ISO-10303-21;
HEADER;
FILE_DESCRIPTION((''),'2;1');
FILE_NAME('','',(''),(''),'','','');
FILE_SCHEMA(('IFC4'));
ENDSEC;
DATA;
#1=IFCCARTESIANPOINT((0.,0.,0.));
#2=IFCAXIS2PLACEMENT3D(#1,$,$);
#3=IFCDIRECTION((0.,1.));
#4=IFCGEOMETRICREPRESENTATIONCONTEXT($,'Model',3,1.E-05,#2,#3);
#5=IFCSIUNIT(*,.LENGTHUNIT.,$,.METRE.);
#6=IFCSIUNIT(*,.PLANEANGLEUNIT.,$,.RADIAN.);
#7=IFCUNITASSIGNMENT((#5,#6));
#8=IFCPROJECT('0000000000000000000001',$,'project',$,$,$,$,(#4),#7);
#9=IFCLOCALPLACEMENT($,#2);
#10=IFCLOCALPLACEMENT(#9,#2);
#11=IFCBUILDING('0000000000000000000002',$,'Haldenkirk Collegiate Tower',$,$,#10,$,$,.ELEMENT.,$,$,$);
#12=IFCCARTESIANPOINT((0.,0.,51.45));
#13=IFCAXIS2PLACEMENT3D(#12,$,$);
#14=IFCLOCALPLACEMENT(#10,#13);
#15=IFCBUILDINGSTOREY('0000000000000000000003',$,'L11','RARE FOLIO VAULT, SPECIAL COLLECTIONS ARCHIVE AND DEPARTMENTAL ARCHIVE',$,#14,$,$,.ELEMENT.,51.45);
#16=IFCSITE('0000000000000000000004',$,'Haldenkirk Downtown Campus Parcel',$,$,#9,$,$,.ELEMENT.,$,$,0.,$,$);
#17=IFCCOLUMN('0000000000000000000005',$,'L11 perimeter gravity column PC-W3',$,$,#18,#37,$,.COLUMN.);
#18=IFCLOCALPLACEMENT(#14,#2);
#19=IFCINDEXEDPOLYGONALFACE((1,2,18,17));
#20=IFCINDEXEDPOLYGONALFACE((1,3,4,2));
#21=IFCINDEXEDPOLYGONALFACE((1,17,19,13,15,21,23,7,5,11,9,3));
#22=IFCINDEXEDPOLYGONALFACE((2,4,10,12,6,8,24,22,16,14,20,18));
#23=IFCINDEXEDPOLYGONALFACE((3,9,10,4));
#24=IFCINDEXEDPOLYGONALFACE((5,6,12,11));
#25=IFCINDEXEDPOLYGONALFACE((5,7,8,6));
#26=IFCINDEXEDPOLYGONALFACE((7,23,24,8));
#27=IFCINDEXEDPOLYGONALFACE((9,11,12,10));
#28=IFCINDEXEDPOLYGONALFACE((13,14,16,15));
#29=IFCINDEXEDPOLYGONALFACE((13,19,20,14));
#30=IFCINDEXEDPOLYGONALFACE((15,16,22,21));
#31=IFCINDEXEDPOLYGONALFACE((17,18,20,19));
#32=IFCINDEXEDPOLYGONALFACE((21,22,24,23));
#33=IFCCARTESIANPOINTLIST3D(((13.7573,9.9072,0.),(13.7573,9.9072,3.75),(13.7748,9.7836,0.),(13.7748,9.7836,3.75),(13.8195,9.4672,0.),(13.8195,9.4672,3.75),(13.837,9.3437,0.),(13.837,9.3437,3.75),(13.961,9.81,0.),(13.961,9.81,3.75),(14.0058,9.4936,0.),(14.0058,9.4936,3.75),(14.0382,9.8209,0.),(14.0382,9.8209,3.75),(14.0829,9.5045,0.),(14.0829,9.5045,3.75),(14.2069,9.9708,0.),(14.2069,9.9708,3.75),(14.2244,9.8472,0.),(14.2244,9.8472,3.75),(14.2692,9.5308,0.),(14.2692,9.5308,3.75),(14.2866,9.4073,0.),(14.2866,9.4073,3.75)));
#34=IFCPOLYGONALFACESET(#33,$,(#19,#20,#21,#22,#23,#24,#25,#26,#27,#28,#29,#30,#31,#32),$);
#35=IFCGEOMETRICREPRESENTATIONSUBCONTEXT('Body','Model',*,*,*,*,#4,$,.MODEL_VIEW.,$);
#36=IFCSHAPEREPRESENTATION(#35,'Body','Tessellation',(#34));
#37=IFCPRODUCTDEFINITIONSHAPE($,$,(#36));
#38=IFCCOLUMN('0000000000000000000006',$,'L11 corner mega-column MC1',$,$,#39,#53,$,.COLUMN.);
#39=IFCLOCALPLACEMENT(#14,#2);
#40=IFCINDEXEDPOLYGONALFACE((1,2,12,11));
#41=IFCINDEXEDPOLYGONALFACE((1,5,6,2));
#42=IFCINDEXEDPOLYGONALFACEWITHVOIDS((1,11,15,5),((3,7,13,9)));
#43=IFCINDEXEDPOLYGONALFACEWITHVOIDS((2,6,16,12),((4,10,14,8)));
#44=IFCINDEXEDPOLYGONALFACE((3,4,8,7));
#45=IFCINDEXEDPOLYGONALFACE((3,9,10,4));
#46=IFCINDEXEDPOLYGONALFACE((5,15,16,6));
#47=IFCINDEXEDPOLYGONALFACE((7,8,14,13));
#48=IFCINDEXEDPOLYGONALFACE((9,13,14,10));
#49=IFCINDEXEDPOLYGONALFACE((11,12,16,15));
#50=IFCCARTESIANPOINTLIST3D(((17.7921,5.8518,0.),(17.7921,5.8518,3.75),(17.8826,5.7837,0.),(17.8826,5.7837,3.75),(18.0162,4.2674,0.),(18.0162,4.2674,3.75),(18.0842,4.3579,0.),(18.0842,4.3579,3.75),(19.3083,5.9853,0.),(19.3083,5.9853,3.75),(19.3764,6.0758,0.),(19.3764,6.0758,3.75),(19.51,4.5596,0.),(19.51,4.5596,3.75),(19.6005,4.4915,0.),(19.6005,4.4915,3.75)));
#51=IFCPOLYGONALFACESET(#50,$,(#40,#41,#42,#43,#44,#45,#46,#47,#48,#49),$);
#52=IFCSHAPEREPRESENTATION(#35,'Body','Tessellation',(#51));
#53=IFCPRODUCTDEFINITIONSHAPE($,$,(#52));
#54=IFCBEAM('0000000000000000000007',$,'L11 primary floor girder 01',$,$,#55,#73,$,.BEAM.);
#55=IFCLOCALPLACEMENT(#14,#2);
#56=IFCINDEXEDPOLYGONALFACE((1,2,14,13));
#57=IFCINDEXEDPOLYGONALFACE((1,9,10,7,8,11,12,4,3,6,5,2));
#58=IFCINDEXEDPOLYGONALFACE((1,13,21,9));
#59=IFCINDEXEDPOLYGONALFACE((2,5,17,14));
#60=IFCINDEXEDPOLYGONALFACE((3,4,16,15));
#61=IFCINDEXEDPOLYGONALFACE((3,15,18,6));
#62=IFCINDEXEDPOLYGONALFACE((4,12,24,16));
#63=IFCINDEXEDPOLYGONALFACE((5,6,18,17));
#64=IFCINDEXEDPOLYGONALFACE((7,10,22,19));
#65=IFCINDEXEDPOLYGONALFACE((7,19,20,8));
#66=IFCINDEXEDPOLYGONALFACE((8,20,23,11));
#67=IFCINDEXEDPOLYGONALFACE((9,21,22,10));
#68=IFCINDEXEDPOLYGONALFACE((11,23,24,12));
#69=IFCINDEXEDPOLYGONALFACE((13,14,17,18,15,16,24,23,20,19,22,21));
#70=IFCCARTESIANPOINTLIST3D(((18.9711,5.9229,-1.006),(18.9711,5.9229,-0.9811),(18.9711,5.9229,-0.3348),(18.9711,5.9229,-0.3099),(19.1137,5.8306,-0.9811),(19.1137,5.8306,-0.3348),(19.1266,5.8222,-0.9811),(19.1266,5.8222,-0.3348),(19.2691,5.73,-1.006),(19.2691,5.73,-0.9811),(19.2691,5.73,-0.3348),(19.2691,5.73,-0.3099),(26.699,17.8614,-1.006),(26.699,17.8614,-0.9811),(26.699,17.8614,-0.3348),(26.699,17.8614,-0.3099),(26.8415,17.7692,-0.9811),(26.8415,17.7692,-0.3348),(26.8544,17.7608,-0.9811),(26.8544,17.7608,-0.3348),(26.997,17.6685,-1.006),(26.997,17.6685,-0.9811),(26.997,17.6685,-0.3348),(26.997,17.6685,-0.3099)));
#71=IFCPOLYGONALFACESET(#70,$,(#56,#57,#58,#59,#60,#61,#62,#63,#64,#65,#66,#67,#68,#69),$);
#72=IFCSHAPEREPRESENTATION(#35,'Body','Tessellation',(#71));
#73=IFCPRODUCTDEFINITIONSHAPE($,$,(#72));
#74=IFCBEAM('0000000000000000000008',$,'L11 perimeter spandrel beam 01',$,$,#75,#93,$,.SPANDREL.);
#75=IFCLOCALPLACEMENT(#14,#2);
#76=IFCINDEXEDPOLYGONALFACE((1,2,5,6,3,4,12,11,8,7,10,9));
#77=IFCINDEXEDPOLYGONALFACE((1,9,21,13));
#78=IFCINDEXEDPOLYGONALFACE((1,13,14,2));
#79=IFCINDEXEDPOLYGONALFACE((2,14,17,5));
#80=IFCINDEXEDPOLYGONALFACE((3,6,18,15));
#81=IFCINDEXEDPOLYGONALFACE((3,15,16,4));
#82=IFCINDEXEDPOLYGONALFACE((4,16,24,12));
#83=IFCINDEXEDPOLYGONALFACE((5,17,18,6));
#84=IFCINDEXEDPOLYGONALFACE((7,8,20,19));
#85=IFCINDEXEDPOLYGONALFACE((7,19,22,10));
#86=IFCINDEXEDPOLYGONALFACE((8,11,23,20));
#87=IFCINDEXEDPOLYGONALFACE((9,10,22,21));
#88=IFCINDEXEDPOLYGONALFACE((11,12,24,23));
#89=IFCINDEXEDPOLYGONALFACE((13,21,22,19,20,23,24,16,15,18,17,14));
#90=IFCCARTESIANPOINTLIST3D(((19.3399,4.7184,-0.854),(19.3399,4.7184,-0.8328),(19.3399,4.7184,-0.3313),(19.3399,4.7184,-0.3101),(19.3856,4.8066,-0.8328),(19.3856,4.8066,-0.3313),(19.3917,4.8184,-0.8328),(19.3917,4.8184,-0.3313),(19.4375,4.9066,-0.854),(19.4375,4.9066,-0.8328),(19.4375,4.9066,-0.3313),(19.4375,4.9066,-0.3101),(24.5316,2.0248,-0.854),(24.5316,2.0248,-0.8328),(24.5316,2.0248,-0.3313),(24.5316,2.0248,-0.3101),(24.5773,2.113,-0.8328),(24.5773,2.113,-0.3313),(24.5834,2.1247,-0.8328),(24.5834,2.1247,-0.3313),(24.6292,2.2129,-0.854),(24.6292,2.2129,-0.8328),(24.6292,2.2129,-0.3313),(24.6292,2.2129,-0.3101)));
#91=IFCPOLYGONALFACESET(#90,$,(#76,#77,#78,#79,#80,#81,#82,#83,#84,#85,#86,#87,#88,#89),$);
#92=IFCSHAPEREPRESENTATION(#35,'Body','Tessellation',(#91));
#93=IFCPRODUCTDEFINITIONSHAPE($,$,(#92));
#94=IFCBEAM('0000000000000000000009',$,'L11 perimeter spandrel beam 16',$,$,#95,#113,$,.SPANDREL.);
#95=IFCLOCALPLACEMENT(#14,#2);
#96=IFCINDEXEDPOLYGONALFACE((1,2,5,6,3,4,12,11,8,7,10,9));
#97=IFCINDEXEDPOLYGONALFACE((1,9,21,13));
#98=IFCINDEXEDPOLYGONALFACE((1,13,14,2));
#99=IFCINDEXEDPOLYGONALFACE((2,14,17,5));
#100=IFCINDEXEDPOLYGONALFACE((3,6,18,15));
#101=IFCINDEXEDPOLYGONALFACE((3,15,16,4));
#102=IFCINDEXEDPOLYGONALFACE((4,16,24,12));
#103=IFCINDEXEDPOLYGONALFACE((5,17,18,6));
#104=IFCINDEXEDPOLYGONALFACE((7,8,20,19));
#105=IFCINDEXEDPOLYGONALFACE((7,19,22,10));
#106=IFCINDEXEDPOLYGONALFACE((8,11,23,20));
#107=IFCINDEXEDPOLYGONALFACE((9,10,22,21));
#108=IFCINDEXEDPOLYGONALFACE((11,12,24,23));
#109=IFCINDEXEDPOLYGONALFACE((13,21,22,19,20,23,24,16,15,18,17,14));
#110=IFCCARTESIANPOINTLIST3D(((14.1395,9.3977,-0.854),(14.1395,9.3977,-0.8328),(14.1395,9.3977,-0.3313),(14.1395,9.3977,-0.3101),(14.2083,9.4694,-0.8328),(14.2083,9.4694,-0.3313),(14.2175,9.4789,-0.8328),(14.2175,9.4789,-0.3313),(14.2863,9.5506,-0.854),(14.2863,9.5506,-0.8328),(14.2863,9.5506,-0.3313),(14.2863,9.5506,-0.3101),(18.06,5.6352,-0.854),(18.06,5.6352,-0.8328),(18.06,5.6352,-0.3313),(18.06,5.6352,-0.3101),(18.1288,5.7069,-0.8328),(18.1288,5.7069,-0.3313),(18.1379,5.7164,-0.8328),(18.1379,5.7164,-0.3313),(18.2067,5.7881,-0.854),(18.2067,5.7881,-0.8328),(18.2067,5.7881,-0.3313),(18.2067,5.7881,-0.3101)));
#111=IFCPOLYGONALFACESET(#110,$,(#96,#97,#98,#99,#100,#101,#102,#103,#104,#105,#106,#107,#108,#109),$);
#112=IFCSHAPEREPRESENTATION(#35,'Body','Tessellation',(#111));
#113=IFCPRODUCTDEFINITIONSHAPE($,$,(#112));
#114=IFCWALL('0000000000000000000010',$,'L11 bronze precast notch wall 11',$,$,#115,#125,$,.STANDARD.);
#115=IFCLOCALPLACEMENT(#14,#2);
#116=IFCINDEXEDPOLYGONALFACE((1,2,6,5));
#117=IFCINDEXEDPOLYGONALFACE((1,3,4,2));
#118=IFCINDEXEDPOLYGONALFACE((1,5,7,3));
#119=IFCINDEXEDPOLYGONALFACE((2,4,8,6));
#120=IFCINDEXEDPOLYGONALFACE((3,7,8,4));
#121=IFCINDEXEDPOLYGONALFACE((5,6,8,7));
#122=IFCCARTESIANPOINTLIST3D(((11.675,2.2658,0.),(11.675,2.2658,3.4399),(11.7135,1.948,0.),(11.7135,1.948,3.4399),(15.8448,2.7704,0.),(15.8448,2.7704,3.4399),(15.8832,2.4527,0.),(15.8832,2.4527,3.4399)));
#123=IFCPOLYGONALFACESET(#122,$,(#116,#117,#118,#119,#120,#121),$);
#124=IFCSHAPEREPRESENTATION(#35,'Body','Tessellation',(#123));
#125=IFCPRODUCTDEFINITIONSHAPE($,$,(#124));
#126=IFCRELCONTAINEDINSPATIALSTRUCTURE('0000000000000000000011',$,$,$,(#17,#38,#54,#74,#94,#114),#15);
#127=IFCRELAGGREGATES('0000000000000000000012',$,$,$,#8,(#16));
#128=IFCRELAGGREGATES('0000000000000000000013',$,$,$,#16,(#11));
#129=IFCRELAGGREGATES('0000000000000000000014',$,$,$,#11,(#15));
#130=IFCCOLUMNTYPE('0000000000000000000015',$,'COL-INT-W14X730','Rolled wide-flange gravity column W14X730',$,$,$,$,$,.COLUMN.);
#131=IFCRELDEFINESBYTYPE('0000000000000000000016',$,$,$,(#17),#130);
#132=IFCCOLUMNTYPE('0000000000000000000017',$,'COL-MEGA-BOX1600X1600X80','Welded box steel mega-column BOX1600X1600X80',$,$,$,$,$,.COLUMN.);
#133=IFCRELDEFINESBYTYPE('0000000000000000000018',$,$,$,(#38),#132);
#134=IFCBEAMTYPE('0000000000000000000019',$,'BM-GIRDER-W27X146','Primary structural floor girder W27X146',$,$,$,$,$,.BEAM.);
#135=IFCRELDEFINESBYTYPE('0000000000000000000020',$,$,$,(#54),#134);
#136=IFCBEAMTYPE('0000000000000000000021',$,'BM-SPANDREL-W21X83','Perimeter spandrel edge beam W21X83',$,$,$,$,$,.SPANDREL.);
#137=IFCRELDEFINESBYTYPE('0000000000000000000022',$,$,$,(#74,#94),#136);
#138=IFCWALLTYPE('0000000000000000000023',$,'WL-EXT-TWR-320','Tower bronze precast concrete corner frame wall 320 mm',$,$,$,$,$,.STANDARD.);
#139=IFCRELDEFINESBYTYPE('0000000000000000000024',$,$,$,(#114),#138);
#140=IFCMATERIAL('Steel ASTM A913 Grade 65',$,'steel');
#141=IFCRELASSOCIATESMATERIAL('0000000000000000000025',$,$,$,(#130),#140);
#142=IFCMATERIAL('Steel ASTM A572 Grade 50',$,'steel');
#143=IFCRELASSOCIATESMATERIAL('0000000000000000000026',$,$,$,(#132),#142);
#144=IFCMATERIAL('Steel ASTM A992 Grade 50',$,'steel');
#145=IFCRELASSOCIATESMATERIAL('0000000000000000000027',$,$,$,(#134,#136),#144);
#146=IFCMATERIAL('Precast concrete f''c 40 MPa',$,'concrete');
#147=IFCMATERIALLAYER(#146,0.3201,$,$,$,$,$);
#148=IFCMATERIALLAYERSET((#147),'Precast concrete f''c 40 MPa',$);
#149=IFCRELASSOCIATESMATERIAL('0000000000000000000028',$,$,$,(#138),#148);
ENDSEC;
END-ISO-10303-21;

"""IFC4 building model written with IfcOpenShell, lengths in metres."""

from ifc_helpers import new_model, si_unit, direction, frame, frame_2d, origin, origin_2d, place, context, subcontext, project, spatial, rectangle, hollow_rectangle, i_section, extrude, material, layer, layer_set, material_profile, profile_set, type_object, element, save


model = new_model("IFC4")

# Units and contexts
model_context = context("Model", 3, precision=1e-05, world=origin(), true_north=direction((0.0, 1.0)))
body_context = subcontext(model_context, "Body", "Model", "MODEL_VIEW")
ifc_project = project(units=[si_unit("LENGTHUNIT", "METRE"), si_unit("PLANEANGLEUNIT", "RADIAN")], contexts=[model_context])

# Site, building, storey
site_placement = place(None, origin())
site = spatial("IfcSite", under=ifc_project, at=site_placement, Name="Haldenkirk Downtown Campus Parcel", CompositionType="ELEMENT", RefElevation=0.0)
building_placement = place(site_placement, origin())
building = spatial("IfcBuilding", under=site, at=building_placement, Name="Haldenkirk Collegiate Tower", CompositionType="ELEMENT")
storey_placement = place(building_placement, frame((0.0, 0.0, 51.45)))
storey = spatial("IfcBuildingStorey", under=building, at=storey_placement, Name="L11", Description="RARE FOLIO VAULT, SPECIAL COLLECTIONS ARCHIVE AND DEPARTMENTAL ARCHIVE", CompositionType="ELEMENT", Elevation=51.45)

# Columns
ifc_material_1 = material(Name="Steel ASTM A913 Grade 65", Category="steel")
ifc_material_profile_1 = material_profile(ifc_material_1, i_section(OverallWidth=0.4541, OverallDepth=0.5691, WebThickness=0.0779, FlangeThickness=0.1248, at=origin_2d()), Name="W14X730")
ifc_profile_set_1 = profile_set([ifc_material_profile_1], Name="Steel ASTM A913 Grade 65")
column_type_1 = type_object("IfcColumnType", Name="COL-INT-W14X730", Description="Rolled wide-flange gravity column W14X730", PredefinedType="COLUMN", material=ifc_profile_set_1)
column_1_placement = place(storey_placement, frame((14.022, 9.6572, 0.0), z_axis=(0.0, 0.0, 1.0), x_axis=(0.990146, 0.140037, 0.0)))
element("IfcColumn", 1, at=column_1_placement, inside=storey, type_object=column_type_1, Name="L11 perimeter gravity column PC-W3", PredefinedType="COLUMN", context=body_context, shape_type="SweptSolid", body=[
    extrude(i_section(OverallWidth=0.4541, OverallDepth=0.5691, WebThickness=0.0779, FlangeThickness=0.1248, at=origin_2d()), origin(), (0.0, 0.0, 1.0), 3.75),
])
ifc_material_2 = material(Name="Steel ASTM A572 Grade 50", Category="steel")
ifc_material_profile_2 = material_profile(ifc_material_2, hollow_rectangle(XDim=1.6001, YDim=1.6001, WallThickness=0.0801, at=origin_2d()), Name="BOX1600X1600X80")
ifc_profile_set_2 = profile_set([ifc_material_profile_2], Name="Steel ASTM A572 Grade 50")
column_type_2 = type_object("IfcColumnType", Name="COL-MEGA-BOX1600X1600X80", Description="Welded box steel mega-column BOX1600X1600X80", PredefinedType="COLUMN", material=ifc_profile_set_2)
column_2_placement = place(storey_placement, frame((18.6963, 5.1716, 0.0), z_axis=(0.0, 0.0, 1.0), x_axis=(0.990146, 0.140037, 0.0)))
element("IfcColumn", 2, at=column_2_placement, inside=storey, type_object=column_type_2, Name="L11 corner mega-column MC1", PredefinedType="COLUMN", context=body_context, shape_type="SweptSolid", body=[
    extrude(hollow_rectangle(XDim=1.6001, YDim=1.6001, WallThickness=0.0801, at=origin_2d()), origin(), (0.0, 0.0, 1.0), 3.75),
])

# Beams
ifc_material_3 = material(Name="Steel ASTM A992 Grade 50", Category="steel")
ifc_material_profile_3 = material_profile(ifc_material_3, i_section(OverallWidth=0.355, OverallDepth=0.696, WebThickness=0.0154, FlangeThickness=0.0249, at=origin_2d()), Name="W27X146")
ifc_profile_set_3 = profile_set([ifc_material_profile_3], Name="Steel ASTM A992 Grade 50")
beam_type_1 = type_object("IfcBeamType", Name="BM-GIRDER-W27X146", Description="Primary structural floor girder W27X146", PredefinedType="BEAM", material=ifc_profile_set_3)
beam_1_placement = place(storey_placement, frame((19.1201, 5.8264, -0.658), z_axis=(0.543394, 0.839478, 0.0), x_axis=(-0.839478, 0.543394, 0.0)))
element("IfcBeam", 3, at=beam_1_placement, inside=storey, type_object=beam_type_1, Name="L11 primary floor girder 01", PredefinedType="BEAM", context=body_context, shape_type="SweptSolid", body=[
    extrude(i_section(OverallWidth=0.355, OverallDepth=0.696, WebThickness=0.0154, FlangeThickness=0.0249, at=origin_2d()), origin(), (0.0, 0.0, 1.0), 14.2214),
])
ifc_material_profile_4 = material_profile(ifc_material_3, i_section(OverallWidth=0.2119, OverallDepth=0.5439, WebThickness=0.0132, FlangeThickness=0.0212, at=origin_2d()), Name="W21X83")
ifc_profile_set_4 = profile_set([ifc_material_profile_4], Name="Steel ASTM A992 Grade 50")
beam_type_2 = type_object("IfcBeamType", Name="BM-SPANDREL-W21X83", Description="Perimeter spandrel edge beam W21X83", PredefinedType="SPANDREL", material=ifc_profile_set_4)
beam_2_placement = place(storey_placement, frame((19.3887, 4.8125, -0.582), z_axis=(0.88764, -0.460538, 0.0), x_axis=(0.460538, 0.88764, 0.0)))
element("IfcBeam", 4, at=beam_2_placement, inside=storey, type_object=beam_type_2, Name="L11 perimeter spandrel beam 01", PredefinedType="SPANDREL", context=body_context, shape_type="SweptSolid", body=[
    extrude(i_section(OverallWidth=0.2119, OverallDepth=0.5439, WebThickness=0.0132, FlangeThickness=0.0212, at=origin_2d()), origin(), (0.0, 0.0, 1.0), 5.8489),
])
beam_3_placement = place(storey_placement, frame((14.2129, 9.4741, -0.582), z_axis=(0.721492, -0.692422, 0.0), x_axis=(0.692422, 0.721492, 0.0)))
element("IfcBeam", 5, at=beam_3_placement, inside=storey, type_object=beam_type_2, Name="L11 perimeter spandrel beam 16", PredefinedType="SPANDREL", context=body_context, shape_type="SweptSolid", body=[
    extrude(i_section(OverallWidth=0.2119, OverallDepth=0.5439, WebThickness=0.0132, FlangeThickness=0.0212, at=origin_2d()), origin(), (0.0, 0.0, 1.0), 5.4338),
])

# Wall
ifc_material_4 = material(Name="Precast concrete f'c 40 MPa", Category="concrete")
ifc_layer_1 = layer(ifc_material_4, 0.3201)
ifc_layer_set_1 = layer_set([ifc_layer_1], Name="Precast concrete f'c 40 MPa")
wall_type_1 = type_object("IfcWallType", Name="WL-EXT-TWR-320", Description="Tower bronze precast concrete corner frame wall 320 mm", PredefinedType="STANDARD", material=ifc_layer_set_1)
wall_1_placement = place(storey_placement, frame((15.864, 2.6116, 0.0), z_axis=(0.0, 0.0, 1.0), x_axis=(-0.992756, -0.120149, 0.0)))
element("IfcWall", 6, at=wall_1_placement, inside=storey, type_object=wall_type_1, Name="L11 bronze precast notch wall 11", PredefinedType="STANDARD", context=body_context, shape_type="SweptSolid", body=[
    extrude(rectangle(XDim=4.2002, YDim=0.3201, at=frame_2d((2.1001, 0.0))), origin(), (0.0, 0.0, 1.0), 3.4399),
])

save(model, "model.ifc")
